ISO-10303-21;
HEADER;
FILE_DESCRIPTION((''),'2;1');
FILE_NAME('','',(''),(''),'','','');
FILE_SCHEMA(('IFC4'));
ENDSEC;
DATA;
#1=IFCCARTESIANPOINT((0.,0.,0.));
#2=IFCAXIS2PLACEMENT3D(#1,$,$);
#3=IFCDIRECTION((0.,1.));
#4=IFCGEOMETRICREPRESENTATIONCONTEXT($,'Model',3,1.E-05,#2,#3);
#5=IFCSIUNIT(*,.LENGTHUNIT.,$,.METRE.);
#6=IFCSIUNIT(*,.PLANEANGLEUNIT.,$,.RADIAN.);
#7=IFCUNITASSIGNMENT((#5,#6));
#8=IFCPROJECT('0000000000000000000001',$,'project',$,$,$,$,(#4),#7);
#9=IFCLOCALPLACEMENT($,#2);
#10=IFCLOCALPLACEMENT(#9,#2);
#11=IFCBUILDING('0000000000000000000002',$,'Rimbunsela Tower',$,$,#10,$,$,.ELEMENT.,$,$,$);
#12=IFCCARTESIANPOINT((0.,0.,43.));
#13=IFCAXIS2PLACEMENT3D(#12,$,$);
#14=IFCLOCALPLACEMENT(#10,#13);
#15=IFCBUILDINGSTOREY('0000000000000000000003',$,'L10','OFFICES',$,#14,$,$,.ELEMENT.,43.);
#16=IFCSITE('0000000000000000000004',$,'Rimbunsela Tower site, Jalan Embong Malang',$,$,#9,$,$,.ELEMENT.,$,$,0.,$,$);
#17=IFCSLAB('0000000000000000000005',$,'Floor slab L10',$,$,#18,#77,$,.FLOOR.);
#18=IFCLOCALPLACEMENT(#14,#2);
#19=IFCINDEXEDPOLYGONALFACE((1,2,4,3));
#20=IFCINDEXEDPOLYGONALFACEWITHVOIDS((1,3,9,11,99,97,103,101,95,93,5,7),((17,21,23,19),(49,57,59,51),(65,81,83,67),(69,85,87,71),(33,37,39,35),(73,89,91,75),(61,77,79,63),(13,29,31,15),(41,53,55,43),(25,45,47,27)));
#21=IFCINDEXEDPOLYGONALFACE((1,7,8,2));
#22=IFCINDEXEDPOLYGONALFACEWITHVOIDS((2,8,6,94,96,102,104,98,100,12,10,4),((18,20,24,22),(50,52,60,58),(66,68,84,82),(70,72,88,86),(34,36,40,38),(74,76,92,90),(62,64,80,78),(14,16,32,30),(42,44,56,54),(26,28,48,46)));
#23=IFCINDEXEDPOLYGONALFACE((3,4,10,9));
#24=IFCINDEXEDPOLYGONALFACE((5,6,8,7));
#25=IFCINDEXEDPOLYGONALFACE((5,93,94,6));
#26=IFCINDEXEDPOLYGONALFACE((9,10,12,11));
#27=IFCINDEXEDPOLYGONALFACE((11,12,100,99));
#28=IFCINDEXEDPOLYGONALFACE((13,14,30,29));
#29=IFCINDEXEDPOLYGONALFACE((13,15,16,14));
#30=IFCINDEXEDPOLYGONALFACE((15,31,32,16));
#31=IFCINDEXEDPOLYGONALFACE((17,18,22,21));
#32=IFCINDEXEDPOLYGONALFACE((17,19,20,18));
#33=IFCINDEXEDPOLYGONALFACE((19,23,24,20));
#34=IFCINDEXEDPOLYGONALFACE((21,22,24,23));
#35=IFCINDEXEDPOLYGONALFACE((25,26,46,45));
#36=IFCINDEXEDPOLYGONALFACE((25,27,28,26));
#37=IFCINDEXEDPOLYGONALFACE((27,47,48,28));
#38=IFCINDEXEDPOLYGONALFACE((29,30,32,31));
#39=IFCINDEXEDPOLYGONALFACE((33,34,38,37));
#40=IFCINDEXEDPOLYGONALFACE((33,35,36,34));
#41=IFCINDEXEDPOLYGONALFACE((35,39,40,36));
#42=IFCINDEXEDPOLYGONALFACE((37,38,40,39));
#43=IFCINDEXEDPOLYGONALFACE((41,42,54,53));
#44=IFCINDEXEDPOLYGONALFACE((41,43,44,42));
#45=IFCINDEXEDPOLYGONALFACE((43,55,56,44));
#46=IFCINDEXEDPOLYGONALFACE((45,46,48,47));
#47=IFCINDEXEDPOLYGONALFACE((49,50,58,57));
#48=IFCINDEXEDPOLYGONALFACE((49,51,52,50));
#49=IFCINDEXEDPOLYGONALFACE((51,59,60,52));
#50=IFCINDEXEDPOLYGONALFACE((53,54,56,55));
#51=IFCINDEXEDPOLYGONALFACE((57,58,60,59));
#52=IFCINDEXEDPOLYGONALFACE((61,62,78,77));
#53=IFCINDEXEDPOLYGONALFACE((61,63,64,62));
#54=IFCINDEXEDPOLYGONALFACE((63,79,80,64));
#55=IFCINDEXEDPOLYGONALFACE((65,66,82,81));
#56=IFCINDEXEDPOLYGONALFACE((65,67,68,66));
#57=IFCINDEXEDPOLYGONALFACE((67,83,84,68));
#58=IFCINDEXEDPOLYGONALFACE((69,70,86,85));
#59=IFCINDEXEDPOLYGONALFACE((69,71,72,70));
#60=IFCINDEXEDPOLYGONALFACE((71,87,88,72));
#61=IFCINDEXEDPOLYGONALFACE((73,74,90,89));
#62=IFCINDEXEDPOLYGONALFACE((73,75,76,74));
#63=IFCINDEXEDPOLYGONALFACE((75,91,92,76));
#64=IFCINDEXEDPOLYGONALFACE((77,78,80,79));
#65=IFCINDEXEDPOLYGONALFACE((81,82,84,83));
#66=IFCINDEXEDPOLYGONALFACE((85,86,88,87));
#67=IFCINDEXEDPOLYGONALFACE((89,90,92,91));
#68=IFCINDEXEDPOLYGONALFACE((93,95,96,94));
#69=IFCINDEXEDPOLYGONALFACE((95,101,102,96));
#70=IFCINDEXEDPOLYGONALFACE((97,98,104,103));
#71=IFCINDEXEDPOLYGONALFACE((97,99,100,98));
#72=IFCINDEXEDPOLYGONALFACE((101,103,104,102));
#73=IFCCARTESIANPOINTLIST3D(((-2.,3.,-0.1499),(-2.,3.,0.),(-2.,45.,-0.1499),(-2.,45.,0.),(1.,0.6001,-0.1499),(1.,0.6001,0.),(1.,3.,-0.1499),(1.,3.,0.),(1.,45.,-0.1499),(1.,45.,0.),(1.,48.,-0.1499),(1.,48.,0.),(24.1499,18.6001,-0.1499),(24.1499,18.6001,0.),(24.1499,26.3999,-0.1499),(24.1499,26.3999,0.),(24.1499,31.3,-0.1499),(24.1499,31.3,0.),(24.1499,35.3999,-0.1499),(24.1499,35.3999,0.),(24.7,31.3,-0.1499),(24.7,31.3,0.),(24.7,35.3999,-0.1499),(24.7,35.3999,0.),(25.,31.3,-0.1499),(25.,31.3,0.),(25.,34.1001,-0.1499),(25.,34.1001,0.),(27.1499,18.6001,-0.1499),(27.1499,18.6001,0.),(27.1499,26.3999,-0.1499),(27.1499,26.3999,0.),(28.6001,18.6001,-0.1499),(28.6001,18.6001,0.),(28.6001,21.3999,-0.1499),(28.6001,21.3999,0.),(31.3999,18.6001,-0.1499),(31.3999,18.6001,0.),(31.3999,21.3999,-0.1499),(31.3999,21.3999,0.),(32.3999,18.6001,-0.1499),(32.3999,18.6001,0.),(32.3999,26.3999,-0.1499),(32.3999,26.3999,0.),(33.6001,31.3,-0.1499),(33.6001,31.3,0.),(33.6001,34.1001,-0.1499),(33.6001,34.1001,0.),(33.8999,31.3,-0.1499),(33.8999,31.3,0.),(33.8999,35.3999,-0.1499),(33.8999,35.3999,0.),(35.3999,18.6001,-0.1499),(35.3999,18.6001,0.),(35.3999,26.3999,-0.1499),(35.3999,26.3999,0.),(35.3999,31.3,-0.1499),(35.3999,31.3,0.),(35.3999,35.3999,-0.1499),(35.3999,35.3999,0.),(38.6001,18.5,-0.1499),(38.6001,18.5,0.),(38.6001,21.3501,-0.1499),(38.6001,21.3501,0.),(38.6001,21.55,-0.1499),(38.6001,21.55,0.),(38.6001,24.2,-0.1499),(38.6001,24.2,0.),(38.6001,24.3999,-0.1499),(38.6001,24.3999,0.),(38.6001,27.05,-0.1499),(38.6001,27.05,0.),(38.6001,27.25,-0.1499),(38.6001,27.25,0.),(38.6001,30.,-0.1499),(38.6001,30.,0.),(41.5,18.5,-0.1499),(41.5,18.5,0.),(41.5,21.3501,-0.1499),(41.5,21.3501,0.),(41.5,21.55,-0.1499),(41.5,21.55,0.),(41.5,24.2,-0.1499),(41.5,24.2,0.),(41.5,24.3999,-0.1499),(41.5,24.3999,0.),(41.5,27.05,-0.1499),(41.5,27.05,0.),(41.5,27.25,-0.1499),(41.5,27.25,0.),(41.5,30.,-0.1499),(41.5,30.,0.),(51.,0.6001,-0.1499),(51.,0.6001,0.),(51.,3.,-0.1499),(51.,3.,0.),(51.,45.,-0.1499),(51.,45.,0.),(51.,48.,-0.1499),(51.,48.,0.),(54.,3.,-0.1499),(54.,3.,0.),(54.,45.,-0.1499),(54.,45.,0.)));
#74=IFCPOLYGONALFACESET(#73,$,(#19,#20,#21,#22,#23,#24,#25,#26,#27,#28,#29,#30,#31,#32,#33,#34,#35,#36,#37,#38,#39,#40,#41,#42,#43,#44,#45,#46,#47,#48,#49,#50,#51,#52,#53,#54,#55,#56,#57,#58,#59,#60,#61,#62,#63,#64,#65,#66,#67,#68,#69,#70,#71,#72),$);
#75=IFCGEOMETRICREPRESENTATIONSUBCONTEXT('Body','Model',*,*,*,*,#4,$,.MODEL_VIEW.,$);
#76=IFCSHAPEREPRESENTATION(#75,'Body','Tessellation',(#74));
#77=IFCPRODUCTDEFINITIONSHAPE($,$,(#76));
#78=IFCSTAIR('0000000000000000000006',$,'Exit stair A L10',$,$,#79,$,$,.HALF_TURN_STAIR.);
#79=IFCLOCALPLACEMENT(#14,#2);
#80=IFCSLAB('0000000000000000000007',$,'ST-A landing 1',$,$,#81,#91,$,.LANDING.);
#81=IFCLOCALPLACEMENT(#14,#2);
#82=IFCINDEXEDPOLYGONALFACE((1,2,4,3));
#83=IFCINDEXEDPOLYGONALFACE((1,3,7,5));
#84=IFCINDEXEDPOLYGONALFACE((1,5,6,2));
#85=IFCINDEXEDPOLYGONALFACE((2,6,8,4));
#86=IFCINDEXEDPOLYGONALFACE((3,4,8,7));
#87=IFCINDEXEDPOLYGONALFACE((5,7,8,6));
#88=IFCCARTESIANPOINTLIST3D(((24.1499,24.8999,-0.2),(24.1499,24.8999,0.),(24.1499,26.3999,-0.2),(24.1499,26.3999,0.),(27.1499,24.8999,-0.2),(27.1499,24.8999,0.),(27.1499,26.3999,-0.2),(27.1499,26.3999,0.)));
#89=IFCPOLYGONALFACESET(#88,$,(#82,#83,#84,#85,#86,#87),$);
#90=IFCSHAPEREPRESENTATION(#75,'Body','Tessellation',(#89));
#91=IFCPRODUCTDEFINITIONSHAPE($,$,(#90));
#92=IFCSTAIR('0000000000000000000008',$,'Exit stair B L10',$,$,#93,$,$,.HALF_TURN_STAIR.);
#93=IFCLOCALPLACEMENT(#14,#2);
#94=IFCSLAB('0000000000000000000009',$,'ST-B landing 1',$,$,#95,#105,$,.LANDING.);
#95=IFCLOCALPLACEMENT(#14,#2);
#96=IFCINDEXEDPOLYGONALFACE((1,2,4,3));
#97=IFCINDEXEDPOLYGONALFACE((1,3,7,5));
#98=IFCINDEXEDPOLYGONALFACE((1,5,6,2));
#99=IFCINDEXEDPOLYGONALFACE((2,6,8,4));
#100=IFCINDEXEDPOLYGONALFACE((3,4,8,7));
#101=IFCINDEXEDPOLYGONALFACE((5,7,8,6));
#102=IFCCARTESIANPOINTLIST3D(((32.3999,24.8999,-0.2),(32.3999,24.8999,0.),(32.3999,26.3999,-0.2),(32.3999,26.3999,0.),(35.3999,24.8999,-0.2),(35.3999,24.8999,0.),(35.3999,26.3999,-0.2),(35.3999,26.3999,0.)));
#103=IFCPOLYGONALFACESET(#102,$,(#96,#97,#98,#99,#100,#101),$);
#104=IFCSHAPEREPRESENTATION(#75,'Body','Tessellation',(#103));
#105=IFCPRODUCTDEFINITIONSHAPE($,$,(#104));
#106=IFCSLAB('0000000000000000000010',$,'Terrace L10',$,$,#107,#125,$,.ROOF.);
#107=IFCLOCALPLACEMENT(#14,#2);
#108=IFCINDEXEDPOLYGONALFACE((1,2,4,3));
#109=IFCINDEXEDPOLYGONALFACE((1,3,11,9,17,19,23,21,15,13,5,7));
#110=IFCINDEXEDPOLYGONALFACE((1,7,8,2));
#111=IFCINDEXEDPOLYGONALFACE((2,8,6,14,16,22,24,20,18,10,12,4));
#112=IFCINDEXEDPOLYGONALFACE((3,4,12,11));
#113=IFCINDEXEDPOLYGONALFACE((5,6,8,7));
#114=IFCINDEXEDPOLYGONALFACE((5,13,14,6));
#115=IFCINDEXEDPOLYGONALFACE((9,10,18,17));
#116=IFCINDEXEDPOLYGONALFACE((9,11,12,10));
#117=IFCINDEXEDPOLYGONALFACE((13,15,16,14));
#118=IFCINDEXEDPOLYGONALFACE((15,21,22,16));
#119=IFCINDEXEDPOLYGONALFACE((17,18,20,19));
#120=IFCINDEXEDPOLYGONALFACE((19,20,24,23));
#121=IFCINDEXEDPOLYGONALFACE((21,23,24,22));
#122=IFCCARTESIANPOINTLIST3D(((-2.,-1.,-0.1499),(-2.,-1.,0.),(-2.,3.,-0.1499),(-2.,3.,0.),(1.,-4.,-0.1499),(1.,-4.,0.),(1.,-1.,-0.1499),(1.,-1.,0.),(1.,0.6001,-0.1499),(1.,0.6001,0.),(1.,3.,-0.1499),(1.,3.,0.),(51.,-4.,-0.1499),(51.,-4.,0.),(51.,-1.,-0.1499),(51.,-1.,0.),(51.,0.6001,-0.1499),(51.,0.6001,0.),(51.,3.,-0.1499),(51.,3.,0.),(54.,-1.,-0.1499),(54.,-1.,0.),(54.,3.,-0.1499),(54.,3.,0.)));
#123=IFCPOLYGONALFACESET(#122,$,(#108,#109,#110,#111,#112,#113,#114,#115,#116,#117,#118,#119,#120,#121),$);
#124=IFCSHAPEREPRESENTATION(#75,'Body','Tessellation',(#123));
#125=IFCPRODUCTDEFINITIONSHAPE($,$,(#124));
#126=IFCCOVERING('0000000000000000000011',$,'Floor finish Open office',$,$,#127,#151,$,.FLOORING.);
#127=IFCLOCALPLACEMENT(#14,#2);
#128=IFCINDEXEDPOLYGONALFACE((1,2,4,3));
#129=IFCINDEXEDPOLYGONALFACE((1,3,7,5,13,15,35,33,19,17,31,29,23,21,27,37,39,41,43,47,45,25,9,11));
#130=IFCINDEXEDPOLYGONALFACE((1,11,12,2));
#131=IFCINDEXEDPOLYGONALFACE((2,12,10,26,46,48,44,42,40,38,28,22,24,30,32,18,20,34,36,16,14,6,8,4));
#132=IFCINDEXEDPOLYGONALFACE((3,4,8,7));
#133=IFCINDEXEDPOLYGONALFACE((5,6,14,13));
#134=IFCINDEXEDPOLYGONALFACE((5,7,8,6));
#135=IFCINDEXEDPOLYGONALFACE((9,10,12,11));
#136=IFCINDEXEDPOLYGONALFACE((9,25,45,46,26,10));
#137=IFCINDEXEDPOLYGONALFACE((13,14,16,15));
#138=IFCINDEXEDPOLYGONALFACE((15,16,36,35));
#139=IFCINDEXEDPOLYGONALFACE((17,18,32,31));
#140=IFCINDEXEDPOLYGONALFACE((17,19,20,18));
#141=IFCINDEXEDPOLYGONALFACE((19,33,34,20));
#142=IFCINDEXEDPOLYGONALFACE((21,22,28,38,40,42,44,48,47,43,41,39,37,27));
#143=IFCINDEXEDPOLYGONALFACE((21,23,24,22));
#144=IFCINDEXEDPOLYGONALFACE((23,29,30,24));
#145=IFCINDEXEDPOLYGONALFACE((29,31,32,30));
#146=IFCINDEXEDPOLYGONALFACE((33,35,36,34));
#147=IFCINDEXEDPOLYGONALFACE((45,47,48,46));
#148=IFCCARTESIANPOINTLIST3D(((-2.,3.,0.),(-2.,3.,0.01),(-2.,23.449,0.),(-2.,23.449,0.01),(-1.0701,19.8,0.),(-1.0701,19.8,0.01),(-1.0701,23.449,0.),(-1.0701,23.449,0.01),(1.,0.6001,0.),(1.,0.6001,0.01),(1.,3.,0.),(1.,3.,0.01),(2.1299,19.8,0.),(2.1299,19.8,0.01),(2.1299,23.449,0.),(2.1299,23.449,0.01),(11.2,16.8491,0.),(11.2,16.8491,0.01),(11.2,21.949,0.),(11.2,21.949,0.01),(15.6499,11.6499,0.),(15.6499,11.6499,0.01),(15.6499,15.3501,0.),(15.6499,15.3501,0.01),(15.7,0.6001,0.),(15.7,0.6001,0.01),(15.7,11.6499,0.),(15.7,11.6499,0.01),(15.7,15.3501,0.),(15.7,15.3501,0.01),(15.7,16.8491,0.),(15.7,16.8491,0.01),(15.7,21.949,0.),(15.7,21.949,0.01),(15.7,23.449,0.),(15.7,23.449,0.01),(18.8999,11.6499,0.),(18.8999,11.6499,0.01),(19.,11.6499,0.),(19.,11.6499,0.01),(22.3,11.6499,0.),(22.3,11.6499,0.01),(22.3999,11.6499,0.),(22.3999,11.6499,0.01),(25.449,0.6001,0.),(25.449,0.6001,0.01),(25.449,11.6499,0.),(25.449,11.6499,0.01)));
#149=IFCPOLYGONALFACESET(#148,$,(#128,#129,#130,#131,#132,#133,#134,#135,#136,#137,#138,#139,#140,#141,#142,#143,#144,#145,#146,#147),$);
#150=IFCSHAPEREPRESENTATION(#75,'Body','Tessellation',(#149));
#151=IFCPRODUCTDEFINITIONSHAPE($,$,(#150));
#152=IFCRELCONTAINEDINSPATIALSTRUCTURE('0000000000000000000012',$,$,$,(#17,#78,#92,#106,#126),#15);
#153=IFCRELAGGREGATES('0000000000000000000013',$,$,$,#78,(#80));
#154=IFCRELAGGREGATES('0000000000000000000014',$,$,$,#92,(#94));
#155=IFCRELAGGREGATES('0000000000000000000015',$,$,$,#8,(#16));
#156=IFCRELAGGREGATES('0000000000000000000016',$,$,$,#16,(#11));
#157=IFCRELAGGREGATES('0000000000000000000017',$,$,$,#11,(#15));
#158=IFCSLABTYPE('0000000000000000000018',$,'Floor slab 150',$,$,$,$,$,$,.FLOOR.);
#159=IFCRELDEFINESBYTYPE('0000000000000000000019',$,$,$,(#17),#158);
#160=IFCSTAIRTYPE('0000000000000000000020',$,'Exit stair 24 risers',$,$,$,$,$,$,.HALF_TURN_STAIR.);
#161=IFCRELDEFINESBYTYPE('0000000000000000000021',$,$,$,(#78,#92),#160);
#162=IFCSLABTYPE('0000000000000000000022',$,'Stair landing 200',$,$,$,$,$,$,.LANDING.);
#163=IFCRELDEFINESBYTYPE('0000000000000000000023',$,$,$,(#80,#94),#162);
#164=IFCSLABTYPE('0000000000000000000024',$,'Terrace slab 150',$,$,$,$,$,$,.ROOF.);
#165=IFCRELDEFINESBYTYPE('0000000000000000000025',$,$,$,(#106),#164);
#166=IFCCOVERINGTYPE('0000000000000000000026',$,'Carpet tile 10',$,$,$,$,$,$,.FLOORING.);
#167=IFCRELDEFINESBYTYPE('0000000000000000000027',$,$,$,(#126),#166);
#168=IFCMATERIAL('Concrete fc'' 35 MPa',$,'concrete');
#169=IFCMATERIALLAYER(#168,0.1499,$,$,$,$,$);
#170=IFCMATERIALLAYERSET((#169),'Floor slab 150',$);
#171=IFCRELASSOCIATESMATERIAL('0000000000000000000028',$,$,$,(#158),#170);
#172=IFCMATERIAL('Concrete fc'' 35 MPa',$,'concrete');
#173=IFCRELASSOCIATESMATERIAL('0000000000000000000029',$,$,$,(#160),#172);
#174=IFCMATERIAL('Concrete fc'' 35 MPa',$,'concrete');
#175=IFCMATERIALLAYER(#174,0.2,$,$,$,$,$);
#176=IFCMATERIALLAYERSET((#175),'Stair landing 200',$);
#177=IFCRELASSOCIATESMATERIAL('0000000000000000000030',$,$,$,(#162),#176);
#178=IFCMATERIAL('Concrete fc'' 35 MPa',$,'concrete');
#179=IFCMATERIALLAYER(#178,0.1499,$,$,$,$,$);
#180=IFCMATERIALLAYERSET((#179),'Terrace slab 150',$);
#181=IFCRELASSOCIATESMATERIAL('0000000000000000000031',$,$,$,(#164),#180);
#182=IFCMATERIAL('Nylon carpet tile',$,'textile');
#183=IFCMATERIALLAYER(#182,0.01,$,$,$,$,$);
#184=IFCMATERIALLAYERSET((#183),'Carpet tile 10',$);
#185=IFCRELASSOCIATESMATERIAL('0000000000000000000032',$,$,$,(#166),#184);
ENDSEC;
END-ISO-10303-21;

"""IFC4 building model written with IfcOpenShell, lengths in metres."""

from ifc_helpers import new_model, si_unit, direction, frame, origin, place, context, subcontext, project, spatial, polyline, outline, extrude, material, layer, layer_set, type_object, element, aggregate, save


model = new_model("IFC4")

# Units and contexts
model_context = context("Model", 3, precision=1e-05, world=origin(), true_north=direction((0.0, 1.0)))
body_context = subcontext(model_context, "Body", "Model", "MODEL_VIEW")
ifc_project = project(units=[si_unit("LENGTHUNIT", "METRE"), si_unit("PLANEANGLEUNIT", "RADIAN")], contexts=[model_context])

# Site, building, storey
site_placement = place(None, origin())
site = spatial("IfcSite", under=ifc_project, at=site_placement, Name="Rimbunsela Tower site, Jalan Embong Malang", CompositionType="ELEMENT", RefElevation=0.0)
building_placement = place(site_placement, origin())
building = spatial("IfcBuilding", under=site, at=building_placement, Name="Rimbunsela Tower", CompositionType="ELEMENT")
storey_placement = place(building_placement, frame((0.0, 0.0, 43.0)))
storey = spatial("IfcBuildingStorey", under=building, at=storey_placement, Name="L10", Description="OFFICES", CompositionType="ELEMENT", Elevation=43.0)

# Slab
ifc_material_1 = material(Name="Concrete fc' 35 MPa", Category="concrete")
ifc_layer_1 = layer(ifc_material_1, 0.1499)
ifc_layer_set_1 = layer_set([ifc_layer_1], Name="Floor slab 150")
slab_type_1 = type_object("IfcSlabType", Name="Floor slab 150", PredefinedType="FLOOR", material=ifc_layer_set_1)
slab_1_placement = place(storey_placement, frame((0.0, 0.0, -0.1499)))
element("IfcSlab", 1, at=slab_1_placement, inside=storey, type_object=slab_type_1, Name="Floor slab L10", PredefinedType="FLOOR", context=body_context, shape_type="SweptSolid", body=[
    extrude(outline(polyline([(1.0, 3.0), (1.0, 0.6001), (51.0, 0.6001), (51.0, 3.0), (54.0, 3.0), (54.0, 45.0), (51.0, 45.0), (51.0, 48.0), (1.0, 48.0), (1.0, 45.0), (-2.0, 45.0), (-2.0, 3.0), (1.0, 3.0)]), holes=[polyline([(27.1499, 18.6001), (27.1499, 26.3999), (24.1499, 26.3999), (24.1499, 18.6001), (27.1499, 18.6001)]), polyline([(24.7, 31.3), (24.7, 35.3999), (24.1499, 35.3999), (24.1499, 31.3), (24.7, 31.3)]), polyline([(25.0, 34.1001), (25.0, 31.3), (33.6001, 31.3), (33.6001, 34.1001), (25.0, 34.1001)]), polyline([(31.3999, 21.3999), (28.6001, 21.3999), (28.6001, 18.6001), (31.3999, 18.6001), (31.3999, 21.3999)]), polyline([(35.3999, 18.6001), (35.3999, 26.3999), (32.3999, 26.3999), (32.3999, 18.6001), (35.3999, 18.6001)]), polyline([(35.3999, 31.3), (35.3999, 35.3999), (33.8999, 35.3999), (33.8999, 31.3), (35.3999, 31.3)]), polyline([(41.5, 21.3501), (38.6001, 21.3501), (38.6001, 18.5), (41.5, 18.5), (41.5, 21.3501)]), polyline([(41.5, 21.55), (41.5, 24.2), (38.6001, 24.2), (38.6001, 21.55), (41.5, 21.55)]), polyline([(41.5, 27.05), (38.6001, 27.05), (38.6001, 24.3999), (41.5, 24.3999), (41.5, 27.05)]), polyline([(41.5, 27.25), (41.5, 30.0), (38.6001, 30.0), (38.6001, 27.25), (41.5, 27.25)])]), origin(), (0.0, 0.0, 1.0), 0.1499),
])

# Stairs, slabs
ifc_material_2 = material(Name="Concrete fc' 35 MPa", Category="concrete")
stair_type = type_object("IfcStairType", Name="Exit stair 24 risers", PredefinedType="HALF_TURN_STAIR", material=ifc_material_2)
stair_1_placement = place(storey_placement, origin())
stair_1 = element("IfcStair", 2, at=stair_1_placement, inside=storey, type_object=stair_type, Name="Exit stair A L10", PredefinedType="HALF_TURN_STAIR")
ifc_material_3 = material(Name="Concrete fc' 35 MPa", Category="concrete")
ifc_layer_2 = layer(ifc_material_3, 0.2)
ifc_layer_set_2 = layer_set([ifc_layer_2], Name="Stair landing 200")
slab_type_2 = type_object("IfcSlabType", Name="Stair landing 200", PredefinedType="LANDING", material=ifc_layer_set_2)
slab_2_placement = place(storey_placement, frame((0.0, 0.0, -0.2)))
slab_2 = element("IfcSlab", 3, at=slab_2_placement, type_object=slab_type_2, Name="ST-A landing 1", PredefinedType="LANDING", context=body_context, shape_type="SweptSolid", body=[
    extrude(outline(polyline([(24.1499, 24.8999), (27.1499, 24.8999), (27.1499, 26.3999), (24.1499, 26.3999), (24.1499, 24.8999)])), origin(), (0.0, 0.0, 1.0), 0.2),
])
aggregate(stair_1, [slab_2])
stair_2_placement = place(storey_placement, origin())
stair_2 = element("IfcStair", 4, at=stair_2_placement, inside=storey, type_object=stair_type, Name="Exit stair B L10", PredefinedType="HALF_TURN_STAIR")
slab_3_placement = place(storey_placement, frame((0.0, 0.0, -0.2)))
slab_3 = element("IfcSlab", 5, at=slab_3_placement, type_object=slab_type_2, Name="ST-B landing 1", PredefinedType="LANDING", context=body_context, shape_type="SweptSolid", body=[
    extrude(outline(polyline([(32.3999, 24.8999), (35.3999, 24.8999), (35.3999, 26.3999), (32.3999, 26.3999), (32.3999, 24.8999)])), origin(), (0.0, 0.0, 1.0), 0.2),
])
aggregate(stair_2, [slab_3])

# Slab
ifc_material_4 = material(Name="Concrete fc' 35 MPa", Category="concrete")
ifc_layer_3 = layer(ifc_material_4, 0.1499)
ifc_layer_set_3 = layer_set([ifc_layer_3], Name="Terrace slab 150")
slab_type_3 = type_object("IfcSlabType", Name="Terrace slab 150", PredefinedType="ROOF", material=ifc_layer_set_3)
slab_4_placement = place(storey_placement, frame((0.0, 0.0, -0.1499)))
element("IfcSlab", 6, at=slab_4_placement, inside=storey, type_object=slab_type_3, Name="Terrace L10", PredefinedType="ROOF", context=body_context, shape_type="SweptSolid", body=[
    extrude(outline(polyline([(54.0, -1.0), (51.0, -1.0), (51.0, -4.0), (1.0, -4.0), (1.0, -1.0), (-2.0, -1.0), (-2.0, 3.0), (1.0, 3.0), (1.0, 0.6001), (51.0, 0.6001), (51.0, 3.0), (54.0, 3.0), (54.0, -1.0)])), origin(), (0.0, 0.0, 1.0), 0.1499),
])

# Covering
ifc_material_5 = material(Name="Nylon carpet tile", Category="textile")
ifc_layer_4 = layer(ifc_material_5, 0.01)
ifc_layer_set_4 = layer_set([ifc_layer_4], Name="Carpet tile 10")
covering_type_1 = type_object("IfcCoveringType", Name="Carpet tile 10", PredefinedType="FLOORING", material=ifc_layer_set_4)
covering_1_placement = place(storey_placement, origin())
element("IfcCovering", 7, at=covering_1_placement, inside=storey, type_object=covering_type_1, Name="Floor finish Open office", PredefinedType="FLOORING", context=body_context, shape_type="SweptSolid", body=[
    extrude(outline(polyline([(19.0, 11.6499), (22.3, 11.6499), (22.3999, 11.6499), (25.449, 11.6499), (25.449, 0.6001), (15.7, 0.6001), (1.0, 0.6001), (1.0, 3.0), (-2.0, 3.0), (-2.0, 23.449), (-1.0701, 23.449), (-1.0701, 19.8), (2.1299, 19.8), (2.1299, 23.449), (15.7, 23.449), (15.7, 21.949), (11.2, 21.949), (11.2, 16.8491), (15.7, 16.8491), (15.7, 15.3501), (15.6499, 15.3501), (15.6499, 11.6499), (15.7, 11.6499), (18.8999, 11.6499), (19.0, 11.6499)])), origin(), (0.0, 0.0, 1.0), 0.01),
])

save(model, "model.ifc")
